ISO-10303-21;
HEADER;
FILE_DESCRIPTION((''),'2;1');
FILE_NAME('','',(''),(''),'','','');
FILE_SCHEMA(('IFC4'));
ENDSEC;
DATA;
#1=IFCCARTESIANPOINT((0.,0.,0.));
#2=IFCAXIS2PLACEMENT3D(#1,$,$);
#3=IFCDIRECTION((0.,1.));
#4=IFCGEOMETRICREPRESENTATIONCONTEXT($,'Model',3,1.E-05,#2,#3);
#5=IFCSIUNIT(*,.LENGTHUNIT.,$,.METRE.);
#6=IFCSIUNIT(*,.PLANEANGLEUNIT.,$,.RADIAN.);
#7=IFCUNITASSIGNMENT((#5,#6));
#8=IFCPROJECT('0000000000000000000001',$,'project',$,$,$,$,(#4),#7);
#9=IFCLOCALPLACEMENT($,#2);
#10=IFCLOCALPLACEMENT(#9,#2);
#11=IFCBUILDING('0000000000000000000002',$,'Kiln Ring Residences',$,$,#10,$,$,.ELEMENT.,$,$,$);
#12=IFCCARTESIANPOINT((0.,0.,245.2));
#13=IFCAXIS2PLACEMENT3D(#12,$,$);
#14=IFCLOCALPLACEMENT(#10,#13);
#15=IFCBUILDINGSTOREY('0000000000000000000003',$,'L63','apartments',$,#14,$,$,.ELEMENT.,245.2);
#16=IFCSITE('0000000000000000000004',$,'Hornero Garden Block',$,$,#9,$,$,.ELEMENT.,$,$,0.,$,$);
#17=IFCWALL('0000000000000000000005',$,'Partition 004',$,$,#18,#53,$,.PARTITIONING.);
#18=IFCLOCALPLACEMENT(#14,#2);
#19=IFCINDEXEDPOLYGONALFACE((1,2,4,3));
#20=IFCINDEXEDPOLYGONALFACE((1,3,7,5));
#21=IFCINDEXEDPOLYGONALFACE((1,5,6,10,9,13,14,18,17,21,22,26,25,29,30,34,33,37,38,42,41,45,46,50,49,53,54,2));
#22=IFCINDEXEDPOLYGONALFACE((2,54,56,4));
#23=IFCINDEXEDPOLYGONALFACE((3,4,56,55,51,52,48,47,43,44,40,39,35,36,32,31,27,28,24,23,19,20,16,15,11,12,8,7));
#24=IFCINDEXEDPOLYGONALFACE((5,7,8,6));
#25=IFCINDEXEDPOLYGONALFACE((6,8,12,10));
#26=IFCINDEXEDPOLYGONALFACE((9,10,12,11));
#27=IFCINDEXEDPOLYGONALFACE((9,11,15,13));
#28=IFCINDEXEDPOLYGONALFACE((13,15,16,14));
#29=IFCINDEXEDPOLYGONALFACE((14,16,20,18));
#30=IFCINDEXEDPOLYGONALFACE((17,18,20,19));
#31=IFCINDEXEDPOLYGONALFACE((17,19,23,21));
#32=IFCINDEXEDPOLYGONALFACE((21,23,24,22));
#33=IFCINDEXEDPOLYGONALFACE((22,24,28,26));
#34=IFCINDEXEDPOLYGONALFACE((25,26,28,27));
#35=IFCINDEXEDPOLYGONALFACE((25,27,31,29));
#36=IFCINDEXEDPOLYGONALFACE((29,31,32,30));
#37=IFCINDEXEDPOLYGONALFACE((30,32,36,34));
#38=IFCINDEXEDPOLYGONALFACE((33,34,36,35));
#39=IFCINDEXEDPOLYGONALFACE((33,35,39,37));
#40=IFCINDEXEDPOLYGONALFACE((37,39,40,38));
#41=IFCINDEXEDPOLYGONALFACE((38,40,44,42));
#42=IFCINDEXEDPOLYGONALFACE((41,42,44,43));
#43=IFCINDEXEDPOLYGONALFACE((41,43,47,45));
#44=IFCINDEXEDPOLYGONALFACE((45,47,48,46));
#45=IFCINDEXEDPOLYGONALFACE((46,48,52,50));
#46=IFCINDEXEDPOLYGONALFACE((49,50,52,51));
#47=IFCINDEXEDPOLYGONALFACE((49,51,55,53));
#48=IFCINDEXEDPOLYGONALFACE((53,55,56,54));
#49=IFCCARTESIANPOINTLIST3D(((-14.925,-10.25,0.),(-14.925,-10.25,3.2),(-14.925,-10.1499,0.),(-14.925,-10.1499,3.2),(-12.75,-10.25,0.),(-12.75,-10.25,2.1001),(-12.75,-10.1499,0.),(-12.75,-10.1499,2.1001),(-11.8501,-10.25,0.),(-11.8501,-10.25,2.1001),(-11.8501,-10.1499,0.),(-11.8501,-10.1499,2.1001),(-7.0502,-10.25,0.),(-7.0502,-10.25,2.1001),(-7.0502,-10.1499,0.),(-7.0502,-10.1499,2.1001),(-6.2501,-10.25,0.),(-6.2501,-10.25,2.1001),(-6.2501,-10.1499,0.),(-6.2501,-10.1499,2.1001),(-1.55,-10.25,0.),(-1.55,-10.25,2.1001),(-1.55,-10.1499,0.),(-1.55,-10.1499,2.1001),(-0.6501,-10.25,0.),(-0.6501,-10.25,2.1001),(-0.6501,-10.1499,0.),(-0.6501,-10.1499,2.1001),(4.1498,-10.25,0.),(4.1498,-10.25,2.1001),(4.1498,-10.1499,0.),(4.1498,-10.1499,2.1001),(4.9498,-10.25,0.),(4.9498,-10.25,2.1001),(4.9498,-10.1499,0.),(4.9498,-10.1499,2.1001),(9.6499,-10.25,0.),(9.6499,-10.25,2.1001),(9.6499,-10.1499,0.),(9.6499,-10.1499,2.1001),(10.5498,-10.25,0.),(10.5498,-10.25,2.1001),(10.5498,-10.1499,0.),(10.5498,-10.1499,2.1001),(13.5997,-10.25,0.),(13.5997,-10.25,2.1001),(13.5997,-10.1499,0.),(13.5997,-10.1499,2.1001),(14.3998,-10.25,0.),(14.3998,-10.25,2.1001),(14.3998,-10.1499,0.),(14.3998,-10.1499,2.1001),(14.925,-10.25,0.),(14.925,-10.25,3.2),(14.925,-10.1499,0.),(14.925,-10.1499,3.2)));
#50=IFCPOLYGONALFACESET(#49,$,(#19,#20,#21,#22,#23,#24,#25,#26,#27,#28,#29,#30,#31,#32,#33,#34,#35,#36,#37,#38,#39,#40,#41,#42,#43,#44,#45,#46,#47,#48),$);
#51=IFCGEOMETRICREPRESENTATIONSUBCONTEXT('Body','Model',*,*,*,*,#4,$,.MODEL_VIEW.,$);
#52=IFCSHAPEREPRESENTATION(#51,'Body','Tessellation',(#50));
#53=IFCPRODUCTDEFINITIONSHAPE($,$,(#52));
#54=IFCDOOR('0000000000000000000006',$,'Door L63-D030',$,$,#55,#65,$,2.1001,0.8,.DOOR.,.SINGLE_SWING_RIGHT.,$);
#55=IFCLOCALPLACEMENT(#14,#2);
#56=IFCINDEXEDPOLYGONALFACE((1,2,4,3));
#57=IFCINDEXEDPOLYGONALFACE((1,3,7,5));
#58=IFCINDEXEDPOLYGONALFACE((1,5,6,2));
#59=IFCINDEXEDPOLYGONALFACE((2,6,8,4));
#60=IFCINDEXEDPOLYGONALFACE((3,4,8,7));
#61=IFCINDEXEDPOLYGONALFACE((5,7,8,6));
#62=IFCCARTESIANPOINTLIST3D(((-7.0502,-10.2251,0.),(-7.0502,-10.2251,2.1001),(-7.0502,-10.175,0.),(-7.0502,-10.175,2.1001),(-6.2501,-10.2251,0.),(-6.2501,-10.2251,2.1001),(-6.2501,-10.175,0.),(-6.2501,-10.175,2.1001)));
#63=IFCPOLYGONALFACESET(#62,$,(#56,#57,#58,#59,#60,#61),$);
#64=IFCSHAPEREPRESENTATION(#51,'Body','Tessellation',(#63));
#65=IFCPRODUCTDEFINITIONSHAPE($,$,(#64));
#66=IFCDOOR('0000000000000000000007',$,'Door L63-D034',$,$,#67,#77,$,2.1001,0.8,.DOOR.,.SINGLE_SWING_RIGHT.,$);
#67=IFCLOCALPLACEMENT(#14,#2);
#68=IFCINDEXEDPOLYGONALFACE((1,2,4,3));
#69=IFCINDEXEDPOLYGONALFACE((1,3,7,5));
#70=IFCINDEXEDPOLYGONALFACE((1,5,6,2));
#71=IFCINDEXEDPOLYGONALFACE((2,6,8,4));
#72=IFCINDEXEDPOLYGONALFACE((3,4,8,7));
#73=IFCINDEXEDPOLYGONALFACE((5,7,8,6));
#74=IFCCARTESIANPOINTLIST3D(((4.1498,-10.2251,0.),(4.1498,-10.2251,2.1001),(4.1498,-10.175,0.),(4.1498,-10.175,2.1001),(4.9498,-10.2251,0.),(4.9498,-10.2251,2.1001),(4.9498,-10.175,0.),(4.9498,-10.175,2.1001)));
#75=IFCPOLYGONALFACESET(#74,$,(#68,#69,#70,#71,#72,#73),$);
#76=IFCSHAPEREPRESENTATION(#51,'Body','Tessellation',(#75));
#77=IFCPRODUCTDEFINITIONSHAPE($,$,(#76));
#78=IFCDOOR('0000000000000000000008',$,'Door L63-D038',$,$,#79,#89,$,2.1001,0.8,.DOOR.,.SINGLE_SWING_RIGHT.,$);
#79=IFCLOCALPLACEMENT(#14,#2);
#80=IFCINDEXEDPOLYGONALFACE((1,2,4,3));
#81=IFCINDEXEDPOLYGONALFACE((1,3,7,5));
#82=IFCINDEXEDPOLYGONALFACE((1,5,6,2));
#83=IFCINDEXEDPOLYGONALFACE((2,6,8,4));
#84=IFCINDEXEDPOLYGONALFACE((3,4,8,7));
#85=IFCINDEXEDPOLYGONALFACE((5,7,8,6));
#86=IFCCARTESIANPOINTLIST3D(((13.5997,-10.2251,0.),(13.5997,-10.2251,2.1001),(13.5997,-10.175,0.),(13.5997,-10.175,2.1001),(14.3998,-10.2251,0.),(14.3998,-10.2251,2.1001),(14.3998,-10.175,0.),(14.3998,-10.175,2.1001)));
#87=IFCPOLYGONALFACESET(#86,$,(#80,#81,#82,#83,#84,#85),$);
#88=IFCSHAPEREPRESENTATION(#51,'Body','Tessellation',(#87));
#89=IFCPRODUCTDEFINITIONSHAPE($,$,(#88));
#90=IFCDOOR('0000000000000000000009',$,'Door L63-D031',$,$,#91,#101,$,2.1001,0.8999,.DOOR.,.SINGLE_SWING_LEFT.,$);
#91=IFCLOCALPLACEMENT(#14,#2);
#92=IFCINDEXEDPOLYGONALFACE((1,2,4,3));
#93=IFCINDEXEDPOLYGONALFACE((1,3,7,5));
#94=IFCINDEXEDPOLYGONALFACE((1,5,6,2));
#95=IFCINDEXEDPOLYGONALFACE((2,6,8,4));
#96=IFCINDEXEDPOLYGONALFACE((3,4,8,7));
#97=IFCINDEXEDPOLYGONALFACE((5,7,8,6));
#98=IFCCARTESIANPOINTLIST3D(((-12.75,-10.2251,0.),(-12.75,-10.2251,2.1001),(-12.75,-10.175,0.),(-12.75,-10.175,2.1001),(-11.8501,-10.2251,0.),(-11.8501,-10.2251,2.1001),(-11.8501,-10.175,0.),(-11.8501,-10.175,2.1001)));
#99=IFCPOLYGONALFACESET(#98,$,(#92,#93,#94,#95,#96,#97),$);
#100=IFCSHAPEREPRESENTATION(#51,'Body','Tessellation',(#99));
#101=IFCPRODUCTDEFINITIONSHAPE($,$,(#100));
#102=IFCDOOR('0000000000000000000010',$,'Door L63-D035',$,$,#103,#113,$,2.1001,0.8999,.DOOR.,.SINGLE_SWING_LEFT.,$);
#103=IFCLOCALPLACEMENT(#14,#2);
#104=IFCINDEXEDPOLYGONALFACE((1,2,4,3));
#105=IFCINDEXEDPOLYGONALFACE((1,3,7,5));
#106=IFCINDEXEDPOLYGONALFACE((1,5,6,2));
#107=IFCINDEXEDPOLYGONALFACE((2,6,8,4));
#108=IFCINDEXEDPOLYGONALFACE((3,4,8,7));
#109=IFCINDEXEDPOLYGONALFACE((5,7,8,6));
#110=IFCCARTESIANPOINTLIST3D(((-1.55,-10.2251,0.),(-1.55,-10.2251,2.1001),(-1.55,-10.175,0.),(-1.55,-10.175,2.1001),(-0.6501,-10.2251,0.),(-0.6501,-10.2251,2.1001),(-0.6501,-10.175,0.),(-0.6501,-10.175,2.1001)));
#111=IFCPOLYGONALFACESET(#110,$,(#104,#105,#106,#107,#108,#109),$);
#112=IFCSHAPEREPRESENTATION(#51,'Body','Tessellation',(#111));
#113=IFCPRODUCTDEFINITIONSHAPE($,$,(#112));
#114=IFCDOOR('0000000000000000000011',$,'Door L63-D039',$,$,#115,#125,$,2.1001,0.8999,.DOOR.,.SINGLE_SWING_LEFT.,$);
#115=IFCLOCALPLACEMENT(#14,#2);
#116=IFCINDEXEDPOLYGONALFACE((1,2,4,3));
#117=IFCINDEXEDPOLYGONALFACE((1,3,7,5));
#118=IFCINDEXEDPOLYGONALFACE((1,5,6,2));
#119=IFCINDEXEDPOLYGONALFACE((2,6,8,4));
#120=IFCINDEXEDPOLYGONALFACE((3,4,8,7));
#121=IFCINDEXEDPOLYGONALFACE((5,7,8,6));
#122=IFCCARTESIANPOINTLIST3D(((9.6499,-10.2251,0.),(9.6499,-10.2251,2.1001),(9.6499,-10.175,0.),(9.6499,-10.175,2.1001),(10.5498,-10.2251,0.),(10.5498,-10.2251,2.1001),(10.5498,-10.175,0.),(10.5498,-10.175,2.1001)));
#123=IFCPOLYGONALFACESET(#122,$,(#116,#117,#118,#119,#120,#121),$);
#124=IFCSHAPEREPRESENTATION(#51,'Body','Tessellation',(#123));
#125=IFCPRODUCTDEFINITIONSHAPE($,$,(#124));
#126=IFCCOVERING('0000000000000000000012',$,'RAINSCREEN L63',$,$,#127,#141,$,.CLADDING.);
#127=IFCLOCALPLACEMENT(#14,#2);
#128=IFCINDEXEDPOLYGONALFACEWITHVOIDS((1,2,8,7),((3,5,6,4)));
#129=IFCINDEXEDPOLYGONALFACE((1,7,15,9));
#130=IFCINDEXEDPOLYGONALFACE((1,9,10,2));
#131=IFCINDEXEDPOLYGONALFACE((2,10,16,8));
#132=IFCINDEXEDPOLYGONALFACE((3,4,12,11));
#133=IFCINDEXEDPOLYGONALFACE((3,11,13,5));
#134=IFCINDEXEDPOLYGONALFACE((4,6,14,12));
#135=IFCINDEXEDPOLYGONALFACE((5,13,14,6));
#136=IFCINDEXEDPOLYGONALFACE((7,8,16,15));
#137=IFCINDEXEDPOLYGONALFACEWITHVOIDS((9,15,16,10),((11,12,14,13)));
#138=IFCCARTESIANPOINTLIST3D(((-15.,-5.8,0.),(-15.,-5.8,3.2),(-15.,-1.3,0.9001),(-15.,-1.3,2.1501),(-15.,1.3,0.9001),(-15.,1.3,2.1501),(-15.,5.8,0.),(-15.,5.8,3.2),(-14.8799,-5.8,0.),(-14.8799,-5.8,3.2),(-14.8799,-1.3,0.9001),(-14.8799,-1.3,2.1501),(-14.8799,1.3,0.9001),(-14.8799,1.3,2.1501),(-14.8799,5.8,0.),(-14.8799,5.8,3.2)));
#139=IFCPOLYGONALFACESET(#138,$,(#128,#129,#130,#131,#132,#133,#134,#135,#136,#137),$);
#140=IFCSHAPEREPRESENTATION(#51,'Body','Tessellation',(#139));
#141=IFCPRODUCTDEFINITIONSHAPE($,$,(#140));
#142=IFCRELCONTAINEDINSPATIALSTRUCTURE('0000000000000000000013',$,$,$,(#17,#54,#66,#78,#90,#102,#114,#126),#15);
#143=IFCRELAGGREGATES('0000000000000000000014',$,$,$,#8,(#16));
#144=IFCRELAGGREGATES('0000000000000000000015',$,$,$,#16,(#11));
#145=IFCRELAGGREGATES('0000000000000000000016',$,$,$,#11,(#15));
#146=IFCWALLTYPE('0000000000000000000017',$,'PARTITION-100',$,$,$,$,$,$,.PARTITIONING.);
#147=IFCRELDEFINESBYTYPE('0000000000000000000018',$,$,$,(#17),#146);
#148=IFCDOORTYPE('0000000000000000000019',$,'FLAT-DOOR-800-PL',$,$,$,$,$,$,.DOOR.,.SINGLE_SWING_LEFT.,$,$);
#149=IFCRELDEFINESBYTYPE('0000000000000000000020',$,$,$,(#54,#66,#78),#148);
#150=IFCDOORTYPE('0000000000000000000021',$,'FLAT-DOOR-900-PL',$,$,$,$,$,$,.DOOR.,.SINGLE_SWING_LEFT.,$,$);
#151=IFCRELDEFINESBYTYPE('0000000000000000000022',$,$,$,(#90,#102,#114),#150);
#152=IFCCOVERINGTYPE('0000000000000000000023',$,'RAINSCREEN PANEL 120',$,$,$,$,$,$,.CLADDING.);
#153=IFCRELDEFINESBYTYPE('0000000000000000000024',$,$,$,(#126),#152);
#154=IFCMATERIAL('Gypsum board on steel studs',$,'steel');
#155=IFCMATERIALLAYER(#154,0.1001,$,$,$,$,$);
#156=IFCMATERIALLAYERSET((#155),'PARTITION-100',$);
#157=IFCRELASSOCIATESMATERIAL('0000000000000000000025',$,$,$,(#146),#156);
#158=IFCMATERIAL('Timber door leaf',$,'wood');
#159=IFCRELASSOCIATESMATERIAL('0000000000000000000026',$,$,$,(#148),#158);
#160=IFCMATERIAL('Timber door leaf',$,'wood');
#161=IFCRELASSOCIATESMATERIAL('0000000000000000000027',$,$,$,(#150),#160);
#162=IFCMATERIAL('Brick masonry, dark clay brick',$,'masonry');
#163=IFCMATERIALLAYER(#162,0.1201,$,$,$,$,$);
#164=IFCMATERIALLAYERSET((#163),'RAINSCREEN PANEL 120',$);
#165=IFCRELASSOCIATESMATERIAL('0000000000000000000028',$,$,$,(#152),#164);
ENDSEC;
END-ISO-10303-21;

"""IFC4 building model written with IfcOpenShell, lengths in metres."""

from ifc_helpers import new_model, si_unit, direction, frame, frame_2d, origin, place, context, subcontext, project, spatial, polyline, rectangle, outline, extrude, material, layer, layer_set, type_object, element, fill, save


model = new_model("IFC4")

# Units and contexts
model_context = context("Model", 3, precision=1e-05, world=origin(), true_north=direction((0.0, 1.0)))
body_context = subcontext(model_context, "Body", "Model", "MODEL_VIEW")
ifc_project = project(units=[si_unit("LENGTHUNIT", "METRE"), si_unit("PLANEANGLEUNIT", "RADIAN")], contexts=[model_context])

# Site, building, storey
site_placement = place(None, origin())
site = spatial("IfcSite", under=ifc_project, at=site_placement, Name="Hornero Garden Block", CompositionType="ELEMENT", RefElevation=0.0)
building_placement = place(site_placement, origin())
building = spatial("IfcBuilding", under=site, at=building_placement, Name="Kiln Ring Residences", CompositionType="ELEMENT")
storey_placement = place(building_placement, frame((0.0, 0.0, 245.2)))
storey = spatial("IfcBuildingStorey", under=building, at=storey_placement, Name="L63", Description="apartments", CompositionType="ELEMENT", Elevation=245.2)

# Wall, openings, doors
ifc_material_1 = material(Name="Gypsum board on steel studs", Category="steel")
ifc_layer_1 = layer(ifc_material_1, 0.1001)
ifc_layer_set_1 = layer_set([ifc_layer_1], Name="PARTITION-100")
wall_type_1 = type_object("IfcWallType", Name="PARTITION-100", PredefinedType="PARTITIONING", material=ifc_layer_set_1)
wall_1_placement = place(storey_placement, frame((-14.925, -10.2, 0.0), z_axis=(0.0, 0.0, 1.0), x_axis=(1.0, 0.0, 0.0)))
wall_1 = element("IfcWall", 1, at=wall_1_placement, inside=storey, type_object=wall_type_1, Name="Partition 004", PredefinedType="PARTITIONING", context=body_context, shape_type="SweptSolid", body=[
    extrude(rectangle(XDim=29.8501, YDim=0.1001, at=frame_2d((14.925, 0.0))), origin(), (0.0, 0.0, 1.0), 3.2),
])
opening_1_placement = place(wall_1_placement, frame((7.875, 0.0, 0.0)))
opening_1 = element("IfcOpeningElement", 2, at=opening_1_placement, cuts=wall_1, PredefinedType="OPENING", context=body_context, shape_type="SweptSolid", body=[
    extrude(rectangle(XDim=0.8, YDim=2.1001, at=frame_2d((0.3999, 1.05))), frame((0.0, 0.0601, 0.0), z_axis=(0.0, -1.0, 0.0), x_axis=(1.0, 0.0, 0.0)), (0.0, 0.0, 1.0), 0.1201),
])
opening_2_placement = place(wall_1_placement, frame((2.175, 0.0, 0.0)))
opening_2 = element("IfcOpeningElement", 3, at=opening_2_placement, cuts=wall_1, PredefinedType="OPENING", context=body_context, shape_type="SweptSolid", body=[
    extrude(rectangle(XDim=0.8999, YDim=2.1001, at=frame_2d((0.45, 1.05))), frame((0.0, 0.0601, 0.0), z_axis=(0.0, -1.0, 0.0), x_axis=(1.0, 0.0, 0.0)), (0.0, 0.0, 1.0), 0.1201),
])
opening_3_placement = place(wall_1_placement, frame((19.075, 0.0, 0.0)))
opening_3 = element("IfcOpeningElement", 4, at=opening_3_placement, cuts=wall_1, PredefinedType="OPENING", context=body_context, shape_type="SweptSolid", body=[
    extrude(rectangle(XDim=0.8, YDim=2.1001, at=frame_2d((0.3999, 1.05))), frame((0.0, 0.0601, 0.0), z_axis=(0.0, -1.0, 0.0), x_axis=(1.0, 0.0, 0.0)), (0.0, 0.0, 1.0), 0.1201),
])
opening_4_placement = place(wall_1_placement, frame((13.375, 0.0, 0.0)))
opening_4 = element("IfcOpeningElement", 5, at=opening_4_placement, cuts=wall_1, PredefinedType="OPENING", context=body_context, shape_type="SweptSolid", body=[
    extrude(rectangle(XDim=0.8999, YDim=2.1001, at=frame_2d((0.45, 1.05))), frame((0.0, 0.0601, 0.0), z_axis=(0.0, -1.0, 0.0), x_axis=(1.0, 0.0, 0.0)), (0.0, 0.0, 1.0), 0.1201),
])
opening_5_placement = place(wall_1_placement, frame((28.5249, 0.0, 0.0)))
opening_5 = element("IfcOpeningElement", 6, at=opening_5_placement, cuts=wall_1, PredefinedType="OPENING", context=body_context, shape_type="SweptSolid", body=[
    extrude(rectangle(XDim=0.8, YDim=2.1001, at=frame_2d((0.3999, 1.05))), frame((0.0, 0.0601, 0.0), z_axis=(0.0, -1.0, 0.0), x_axis=(1.0, 0.0, 0.0)), (0.0, 0.0, 1.0), 0.1201),
])
opening_6_placement = place(wall_1_placement, frame((24.575, 0.0, 0.0)))
opening_6 = element("IfcOpeningElement", 7, at=opening_6_placement, cuts=wall_1, PredefinedType="OPENING", context=body_context, shape_type="SweptSolid", body=[
    extrude(rectangle(XDim=0.8999, YDim=2.1001, at=frame_2d((0.45, 1.05))), frame((0.0, 0.0601, 0.0), z_axis=(0.0, -1.0, 0.0), x_axis=(1.0, 0.0, 0.0)), (0.0, 0.0, 1.0), 0.1201),
])
ifc_material_2 = material(Name="Timber door leaf", Category="wood")
door_type_1 = type_object("IfcDoorType", Name="FLAT-DOOR-800-PL", OperationType="SINGLE_SWING_LEFT", PredefinedType="DOOR", material=ifc_material_2)
door_1_placement = place(opening_1_placement, origin())
door_1 = element("IfcDoor", 8, at=door_1_placement, inside=storey, type_object=door_type_1, Name="Door L63-D030", OperationType="SINGLE_SWING_RIGHT", OverallHeight=2.1001, OverallWidth=0.8, PredefinedType="DOOR", context=body_context, shape_type="SweptSolid", body=[
    extrude(rectangle(XDim=0.8, YDim=2.1001, at=frame_2d((0.3999, 1.05))), frame((0.0, 0.0249, 0.0), z_axis=(0.0, -1.0, 0.0), x_axis=(1.0, 0.0, 0.0)), (0.0, 0.0, 1.0), 0.05),
])
fill(opening_1, door_1)
door_2_placement = place(opening_3_placement, origin())
door_2 = element("IfcDoor", 9, at=door_2_placement, inside=storey, type_object=door_type_1, Name="Door L63-D034", OperationType="SINGLE_SWING_RIGHT", OverallHeight=2.1001, OverallWidth=0.8, PredefinedType="DOOR", context=body_context, shape_type="SweptSolid", body=[
    extrude(rectangle(XDim=0.8, YDim=2.1001, at=frame_2d((0.3999, 1.05))), frame((0.0, 0.0249, 0.0), z_axis=(0.0, -1.0, 0.0), x_axis=(1.0, 0.0, 0.0)), (0.0, 0.0, 1.0), 0.05),
])
fill(opening_3, door_2)
door_3_placement = place(opening_5_placement, origin())
door_3 = element("IfcDoor", 10, at=door_3_placement, inside=storey, type_object=door_type_1, Name="Door L63-D038", OperationType="SINGLE_SWING_RIGHT", OverallHeight=2.1001, OverallWidth=0.8, PredefinedType="DOOR", context=body_context, shape_type="SweptSolid", body=[
    extrude(rectangle(XDim=0.8, YDim=2.1001, at=frame_2d((0.3999, 1.05))), frame((0.0, 0.0249, 0.0), z_axis=(0.0, -1.0, 0.0), x_axis=(1.0, 0.0, 0.0)), (0.0, 0.0, 1.0), 0.05),
])
fill(opening_5, door_3)
ifc_material_3 = material(Name="Timber door leaf", Category="wood")
door_type_2 = type_object("IfcDoorType", Name="FLAT-DOOR-900-PL", OperationType="SINGLE_SWING_LEFT", PredefinedType="DOOR", material=ifc_material_3)
door_4_placement = place(opening_2_placement, origin())
door_4 = element("IfcDoor", 11, at=door_4_placement, inside=storey, type_object=door_type_2, Name="Door L63-D031", OperationType="SINGLE_SWING_LEFT", OverallHeight=2.1001, OverallWidth=0.8999, PredefinedType="DOOR", context=body_context, shape_type="SweptSolid", body=[
    extrude(rectangle(XDim=0.8999, YDim=2.1001, at=frame_2d((0.45, 1.05))), frame((0.0, 0.0249, 0.0), z_axis=(0.0, -1.0, 0.0), x_axis=(1.0, 0.0, 0.0)), (0.0, 0.0, 1.0), 0.05),
])
fill(opening_2, door_4)
door_5_placement = place(opening_4_placement, origin())
door_5 = element("IfcDoor", 12, at=door_5_placement, inside=storey, type_object=door_type_2, Name="Door L63-D035", OperationType="SINGLE_SWING_LEFT", OverallHeight=2.1001, OverallWidth=0.8999, PredefinedType="DOOR", context=body_context, shape_type="SweptSolid", body=[
    extrude(rectangle(XDim=0.8999, YDim=2.1001, at=frame_2d((0.45, 1.05))), frame((0.0, 0.0249, 0.0), z_axis=(0.0, -1.0, 0.0), x_axis=(1.0, 0.0, 0.0)), (0.0, 0.0, 1.0), 0.05),
])
fill(opening_4, door_5)
door_6_placement = place(opening_6_placement, origin())
door_6 = element("IfcDoor", 13, at=door_6_placement, inside=storey, type_object=door_type_2, Name="Door L63-D039", OperationType="SINGLE_SWING_LEFT", OverallHeight=2.1001, OverallWidth=0.8999, PredefinedType="DOOR", context=body_context, shape_type="SweptSolid", body=[
    extrude(rectangle(XDim=0.8999, YDim=2.1001, at=frame_2d((0.45, 1.05))), frame((0.0, 0.0249, 0.0), z_axis=(0.0, -1.0, 0.0), x_axis=(1.0, 0.0, 0.0)), (0.0, 0.0, 1.0), 0.05),
])
fill(opening_6, door_6)

# Covering
ifc_material_4 = material(Name="Brick masonry, dark clay brick", Category="masonry")
ifc_layer_2 = layer(ifc_material_4, 0.1201)
ifc_layer_set_2 = layer_set([ifc_layer_2], Name="RAINSCREEN PANEL 120")
covering_type = type_object("IfcCoveringType", Name="RAINSCREEN PANEL 120", PredefinedType="CLADDING", material=ifc_layer_set_2)
covering_placement = place(storey_placement, frame((-14.9399, -5.8, 0.0), z_axis=(0.0, 0.0, 1.0), x_axis=(0.0, 1.0, 0.0)))
element("IfcCovering", 14, at=covering_placement, inside=storey, type_object=covering_type, Name="RAINSCREEN L63", PredefinedType="CLADDING", context=body_context, shape_type="SweptSolid", body=[
    extrude(outline(polyline([(0.0, 0.0), (11.6001, 0.0), (11.6001, 3.2), (0.0, 3.2), (0.0, 0.0)]), holes=[polyline([(4.5, 2.1501), (4.5, 0.9001), (7.1001, 0.9001), (7.1001, 2.1501), (4.5, 2.1501)])]), frame((0.0, 0.0601, 0.0), z_axis=(0.0, -1.0, 0.0), x_axis=(1.0, 0.0, 0.0)), (0.0, 0.0, 1.0), 0.1201),
])

save(model, "model.ifc")
